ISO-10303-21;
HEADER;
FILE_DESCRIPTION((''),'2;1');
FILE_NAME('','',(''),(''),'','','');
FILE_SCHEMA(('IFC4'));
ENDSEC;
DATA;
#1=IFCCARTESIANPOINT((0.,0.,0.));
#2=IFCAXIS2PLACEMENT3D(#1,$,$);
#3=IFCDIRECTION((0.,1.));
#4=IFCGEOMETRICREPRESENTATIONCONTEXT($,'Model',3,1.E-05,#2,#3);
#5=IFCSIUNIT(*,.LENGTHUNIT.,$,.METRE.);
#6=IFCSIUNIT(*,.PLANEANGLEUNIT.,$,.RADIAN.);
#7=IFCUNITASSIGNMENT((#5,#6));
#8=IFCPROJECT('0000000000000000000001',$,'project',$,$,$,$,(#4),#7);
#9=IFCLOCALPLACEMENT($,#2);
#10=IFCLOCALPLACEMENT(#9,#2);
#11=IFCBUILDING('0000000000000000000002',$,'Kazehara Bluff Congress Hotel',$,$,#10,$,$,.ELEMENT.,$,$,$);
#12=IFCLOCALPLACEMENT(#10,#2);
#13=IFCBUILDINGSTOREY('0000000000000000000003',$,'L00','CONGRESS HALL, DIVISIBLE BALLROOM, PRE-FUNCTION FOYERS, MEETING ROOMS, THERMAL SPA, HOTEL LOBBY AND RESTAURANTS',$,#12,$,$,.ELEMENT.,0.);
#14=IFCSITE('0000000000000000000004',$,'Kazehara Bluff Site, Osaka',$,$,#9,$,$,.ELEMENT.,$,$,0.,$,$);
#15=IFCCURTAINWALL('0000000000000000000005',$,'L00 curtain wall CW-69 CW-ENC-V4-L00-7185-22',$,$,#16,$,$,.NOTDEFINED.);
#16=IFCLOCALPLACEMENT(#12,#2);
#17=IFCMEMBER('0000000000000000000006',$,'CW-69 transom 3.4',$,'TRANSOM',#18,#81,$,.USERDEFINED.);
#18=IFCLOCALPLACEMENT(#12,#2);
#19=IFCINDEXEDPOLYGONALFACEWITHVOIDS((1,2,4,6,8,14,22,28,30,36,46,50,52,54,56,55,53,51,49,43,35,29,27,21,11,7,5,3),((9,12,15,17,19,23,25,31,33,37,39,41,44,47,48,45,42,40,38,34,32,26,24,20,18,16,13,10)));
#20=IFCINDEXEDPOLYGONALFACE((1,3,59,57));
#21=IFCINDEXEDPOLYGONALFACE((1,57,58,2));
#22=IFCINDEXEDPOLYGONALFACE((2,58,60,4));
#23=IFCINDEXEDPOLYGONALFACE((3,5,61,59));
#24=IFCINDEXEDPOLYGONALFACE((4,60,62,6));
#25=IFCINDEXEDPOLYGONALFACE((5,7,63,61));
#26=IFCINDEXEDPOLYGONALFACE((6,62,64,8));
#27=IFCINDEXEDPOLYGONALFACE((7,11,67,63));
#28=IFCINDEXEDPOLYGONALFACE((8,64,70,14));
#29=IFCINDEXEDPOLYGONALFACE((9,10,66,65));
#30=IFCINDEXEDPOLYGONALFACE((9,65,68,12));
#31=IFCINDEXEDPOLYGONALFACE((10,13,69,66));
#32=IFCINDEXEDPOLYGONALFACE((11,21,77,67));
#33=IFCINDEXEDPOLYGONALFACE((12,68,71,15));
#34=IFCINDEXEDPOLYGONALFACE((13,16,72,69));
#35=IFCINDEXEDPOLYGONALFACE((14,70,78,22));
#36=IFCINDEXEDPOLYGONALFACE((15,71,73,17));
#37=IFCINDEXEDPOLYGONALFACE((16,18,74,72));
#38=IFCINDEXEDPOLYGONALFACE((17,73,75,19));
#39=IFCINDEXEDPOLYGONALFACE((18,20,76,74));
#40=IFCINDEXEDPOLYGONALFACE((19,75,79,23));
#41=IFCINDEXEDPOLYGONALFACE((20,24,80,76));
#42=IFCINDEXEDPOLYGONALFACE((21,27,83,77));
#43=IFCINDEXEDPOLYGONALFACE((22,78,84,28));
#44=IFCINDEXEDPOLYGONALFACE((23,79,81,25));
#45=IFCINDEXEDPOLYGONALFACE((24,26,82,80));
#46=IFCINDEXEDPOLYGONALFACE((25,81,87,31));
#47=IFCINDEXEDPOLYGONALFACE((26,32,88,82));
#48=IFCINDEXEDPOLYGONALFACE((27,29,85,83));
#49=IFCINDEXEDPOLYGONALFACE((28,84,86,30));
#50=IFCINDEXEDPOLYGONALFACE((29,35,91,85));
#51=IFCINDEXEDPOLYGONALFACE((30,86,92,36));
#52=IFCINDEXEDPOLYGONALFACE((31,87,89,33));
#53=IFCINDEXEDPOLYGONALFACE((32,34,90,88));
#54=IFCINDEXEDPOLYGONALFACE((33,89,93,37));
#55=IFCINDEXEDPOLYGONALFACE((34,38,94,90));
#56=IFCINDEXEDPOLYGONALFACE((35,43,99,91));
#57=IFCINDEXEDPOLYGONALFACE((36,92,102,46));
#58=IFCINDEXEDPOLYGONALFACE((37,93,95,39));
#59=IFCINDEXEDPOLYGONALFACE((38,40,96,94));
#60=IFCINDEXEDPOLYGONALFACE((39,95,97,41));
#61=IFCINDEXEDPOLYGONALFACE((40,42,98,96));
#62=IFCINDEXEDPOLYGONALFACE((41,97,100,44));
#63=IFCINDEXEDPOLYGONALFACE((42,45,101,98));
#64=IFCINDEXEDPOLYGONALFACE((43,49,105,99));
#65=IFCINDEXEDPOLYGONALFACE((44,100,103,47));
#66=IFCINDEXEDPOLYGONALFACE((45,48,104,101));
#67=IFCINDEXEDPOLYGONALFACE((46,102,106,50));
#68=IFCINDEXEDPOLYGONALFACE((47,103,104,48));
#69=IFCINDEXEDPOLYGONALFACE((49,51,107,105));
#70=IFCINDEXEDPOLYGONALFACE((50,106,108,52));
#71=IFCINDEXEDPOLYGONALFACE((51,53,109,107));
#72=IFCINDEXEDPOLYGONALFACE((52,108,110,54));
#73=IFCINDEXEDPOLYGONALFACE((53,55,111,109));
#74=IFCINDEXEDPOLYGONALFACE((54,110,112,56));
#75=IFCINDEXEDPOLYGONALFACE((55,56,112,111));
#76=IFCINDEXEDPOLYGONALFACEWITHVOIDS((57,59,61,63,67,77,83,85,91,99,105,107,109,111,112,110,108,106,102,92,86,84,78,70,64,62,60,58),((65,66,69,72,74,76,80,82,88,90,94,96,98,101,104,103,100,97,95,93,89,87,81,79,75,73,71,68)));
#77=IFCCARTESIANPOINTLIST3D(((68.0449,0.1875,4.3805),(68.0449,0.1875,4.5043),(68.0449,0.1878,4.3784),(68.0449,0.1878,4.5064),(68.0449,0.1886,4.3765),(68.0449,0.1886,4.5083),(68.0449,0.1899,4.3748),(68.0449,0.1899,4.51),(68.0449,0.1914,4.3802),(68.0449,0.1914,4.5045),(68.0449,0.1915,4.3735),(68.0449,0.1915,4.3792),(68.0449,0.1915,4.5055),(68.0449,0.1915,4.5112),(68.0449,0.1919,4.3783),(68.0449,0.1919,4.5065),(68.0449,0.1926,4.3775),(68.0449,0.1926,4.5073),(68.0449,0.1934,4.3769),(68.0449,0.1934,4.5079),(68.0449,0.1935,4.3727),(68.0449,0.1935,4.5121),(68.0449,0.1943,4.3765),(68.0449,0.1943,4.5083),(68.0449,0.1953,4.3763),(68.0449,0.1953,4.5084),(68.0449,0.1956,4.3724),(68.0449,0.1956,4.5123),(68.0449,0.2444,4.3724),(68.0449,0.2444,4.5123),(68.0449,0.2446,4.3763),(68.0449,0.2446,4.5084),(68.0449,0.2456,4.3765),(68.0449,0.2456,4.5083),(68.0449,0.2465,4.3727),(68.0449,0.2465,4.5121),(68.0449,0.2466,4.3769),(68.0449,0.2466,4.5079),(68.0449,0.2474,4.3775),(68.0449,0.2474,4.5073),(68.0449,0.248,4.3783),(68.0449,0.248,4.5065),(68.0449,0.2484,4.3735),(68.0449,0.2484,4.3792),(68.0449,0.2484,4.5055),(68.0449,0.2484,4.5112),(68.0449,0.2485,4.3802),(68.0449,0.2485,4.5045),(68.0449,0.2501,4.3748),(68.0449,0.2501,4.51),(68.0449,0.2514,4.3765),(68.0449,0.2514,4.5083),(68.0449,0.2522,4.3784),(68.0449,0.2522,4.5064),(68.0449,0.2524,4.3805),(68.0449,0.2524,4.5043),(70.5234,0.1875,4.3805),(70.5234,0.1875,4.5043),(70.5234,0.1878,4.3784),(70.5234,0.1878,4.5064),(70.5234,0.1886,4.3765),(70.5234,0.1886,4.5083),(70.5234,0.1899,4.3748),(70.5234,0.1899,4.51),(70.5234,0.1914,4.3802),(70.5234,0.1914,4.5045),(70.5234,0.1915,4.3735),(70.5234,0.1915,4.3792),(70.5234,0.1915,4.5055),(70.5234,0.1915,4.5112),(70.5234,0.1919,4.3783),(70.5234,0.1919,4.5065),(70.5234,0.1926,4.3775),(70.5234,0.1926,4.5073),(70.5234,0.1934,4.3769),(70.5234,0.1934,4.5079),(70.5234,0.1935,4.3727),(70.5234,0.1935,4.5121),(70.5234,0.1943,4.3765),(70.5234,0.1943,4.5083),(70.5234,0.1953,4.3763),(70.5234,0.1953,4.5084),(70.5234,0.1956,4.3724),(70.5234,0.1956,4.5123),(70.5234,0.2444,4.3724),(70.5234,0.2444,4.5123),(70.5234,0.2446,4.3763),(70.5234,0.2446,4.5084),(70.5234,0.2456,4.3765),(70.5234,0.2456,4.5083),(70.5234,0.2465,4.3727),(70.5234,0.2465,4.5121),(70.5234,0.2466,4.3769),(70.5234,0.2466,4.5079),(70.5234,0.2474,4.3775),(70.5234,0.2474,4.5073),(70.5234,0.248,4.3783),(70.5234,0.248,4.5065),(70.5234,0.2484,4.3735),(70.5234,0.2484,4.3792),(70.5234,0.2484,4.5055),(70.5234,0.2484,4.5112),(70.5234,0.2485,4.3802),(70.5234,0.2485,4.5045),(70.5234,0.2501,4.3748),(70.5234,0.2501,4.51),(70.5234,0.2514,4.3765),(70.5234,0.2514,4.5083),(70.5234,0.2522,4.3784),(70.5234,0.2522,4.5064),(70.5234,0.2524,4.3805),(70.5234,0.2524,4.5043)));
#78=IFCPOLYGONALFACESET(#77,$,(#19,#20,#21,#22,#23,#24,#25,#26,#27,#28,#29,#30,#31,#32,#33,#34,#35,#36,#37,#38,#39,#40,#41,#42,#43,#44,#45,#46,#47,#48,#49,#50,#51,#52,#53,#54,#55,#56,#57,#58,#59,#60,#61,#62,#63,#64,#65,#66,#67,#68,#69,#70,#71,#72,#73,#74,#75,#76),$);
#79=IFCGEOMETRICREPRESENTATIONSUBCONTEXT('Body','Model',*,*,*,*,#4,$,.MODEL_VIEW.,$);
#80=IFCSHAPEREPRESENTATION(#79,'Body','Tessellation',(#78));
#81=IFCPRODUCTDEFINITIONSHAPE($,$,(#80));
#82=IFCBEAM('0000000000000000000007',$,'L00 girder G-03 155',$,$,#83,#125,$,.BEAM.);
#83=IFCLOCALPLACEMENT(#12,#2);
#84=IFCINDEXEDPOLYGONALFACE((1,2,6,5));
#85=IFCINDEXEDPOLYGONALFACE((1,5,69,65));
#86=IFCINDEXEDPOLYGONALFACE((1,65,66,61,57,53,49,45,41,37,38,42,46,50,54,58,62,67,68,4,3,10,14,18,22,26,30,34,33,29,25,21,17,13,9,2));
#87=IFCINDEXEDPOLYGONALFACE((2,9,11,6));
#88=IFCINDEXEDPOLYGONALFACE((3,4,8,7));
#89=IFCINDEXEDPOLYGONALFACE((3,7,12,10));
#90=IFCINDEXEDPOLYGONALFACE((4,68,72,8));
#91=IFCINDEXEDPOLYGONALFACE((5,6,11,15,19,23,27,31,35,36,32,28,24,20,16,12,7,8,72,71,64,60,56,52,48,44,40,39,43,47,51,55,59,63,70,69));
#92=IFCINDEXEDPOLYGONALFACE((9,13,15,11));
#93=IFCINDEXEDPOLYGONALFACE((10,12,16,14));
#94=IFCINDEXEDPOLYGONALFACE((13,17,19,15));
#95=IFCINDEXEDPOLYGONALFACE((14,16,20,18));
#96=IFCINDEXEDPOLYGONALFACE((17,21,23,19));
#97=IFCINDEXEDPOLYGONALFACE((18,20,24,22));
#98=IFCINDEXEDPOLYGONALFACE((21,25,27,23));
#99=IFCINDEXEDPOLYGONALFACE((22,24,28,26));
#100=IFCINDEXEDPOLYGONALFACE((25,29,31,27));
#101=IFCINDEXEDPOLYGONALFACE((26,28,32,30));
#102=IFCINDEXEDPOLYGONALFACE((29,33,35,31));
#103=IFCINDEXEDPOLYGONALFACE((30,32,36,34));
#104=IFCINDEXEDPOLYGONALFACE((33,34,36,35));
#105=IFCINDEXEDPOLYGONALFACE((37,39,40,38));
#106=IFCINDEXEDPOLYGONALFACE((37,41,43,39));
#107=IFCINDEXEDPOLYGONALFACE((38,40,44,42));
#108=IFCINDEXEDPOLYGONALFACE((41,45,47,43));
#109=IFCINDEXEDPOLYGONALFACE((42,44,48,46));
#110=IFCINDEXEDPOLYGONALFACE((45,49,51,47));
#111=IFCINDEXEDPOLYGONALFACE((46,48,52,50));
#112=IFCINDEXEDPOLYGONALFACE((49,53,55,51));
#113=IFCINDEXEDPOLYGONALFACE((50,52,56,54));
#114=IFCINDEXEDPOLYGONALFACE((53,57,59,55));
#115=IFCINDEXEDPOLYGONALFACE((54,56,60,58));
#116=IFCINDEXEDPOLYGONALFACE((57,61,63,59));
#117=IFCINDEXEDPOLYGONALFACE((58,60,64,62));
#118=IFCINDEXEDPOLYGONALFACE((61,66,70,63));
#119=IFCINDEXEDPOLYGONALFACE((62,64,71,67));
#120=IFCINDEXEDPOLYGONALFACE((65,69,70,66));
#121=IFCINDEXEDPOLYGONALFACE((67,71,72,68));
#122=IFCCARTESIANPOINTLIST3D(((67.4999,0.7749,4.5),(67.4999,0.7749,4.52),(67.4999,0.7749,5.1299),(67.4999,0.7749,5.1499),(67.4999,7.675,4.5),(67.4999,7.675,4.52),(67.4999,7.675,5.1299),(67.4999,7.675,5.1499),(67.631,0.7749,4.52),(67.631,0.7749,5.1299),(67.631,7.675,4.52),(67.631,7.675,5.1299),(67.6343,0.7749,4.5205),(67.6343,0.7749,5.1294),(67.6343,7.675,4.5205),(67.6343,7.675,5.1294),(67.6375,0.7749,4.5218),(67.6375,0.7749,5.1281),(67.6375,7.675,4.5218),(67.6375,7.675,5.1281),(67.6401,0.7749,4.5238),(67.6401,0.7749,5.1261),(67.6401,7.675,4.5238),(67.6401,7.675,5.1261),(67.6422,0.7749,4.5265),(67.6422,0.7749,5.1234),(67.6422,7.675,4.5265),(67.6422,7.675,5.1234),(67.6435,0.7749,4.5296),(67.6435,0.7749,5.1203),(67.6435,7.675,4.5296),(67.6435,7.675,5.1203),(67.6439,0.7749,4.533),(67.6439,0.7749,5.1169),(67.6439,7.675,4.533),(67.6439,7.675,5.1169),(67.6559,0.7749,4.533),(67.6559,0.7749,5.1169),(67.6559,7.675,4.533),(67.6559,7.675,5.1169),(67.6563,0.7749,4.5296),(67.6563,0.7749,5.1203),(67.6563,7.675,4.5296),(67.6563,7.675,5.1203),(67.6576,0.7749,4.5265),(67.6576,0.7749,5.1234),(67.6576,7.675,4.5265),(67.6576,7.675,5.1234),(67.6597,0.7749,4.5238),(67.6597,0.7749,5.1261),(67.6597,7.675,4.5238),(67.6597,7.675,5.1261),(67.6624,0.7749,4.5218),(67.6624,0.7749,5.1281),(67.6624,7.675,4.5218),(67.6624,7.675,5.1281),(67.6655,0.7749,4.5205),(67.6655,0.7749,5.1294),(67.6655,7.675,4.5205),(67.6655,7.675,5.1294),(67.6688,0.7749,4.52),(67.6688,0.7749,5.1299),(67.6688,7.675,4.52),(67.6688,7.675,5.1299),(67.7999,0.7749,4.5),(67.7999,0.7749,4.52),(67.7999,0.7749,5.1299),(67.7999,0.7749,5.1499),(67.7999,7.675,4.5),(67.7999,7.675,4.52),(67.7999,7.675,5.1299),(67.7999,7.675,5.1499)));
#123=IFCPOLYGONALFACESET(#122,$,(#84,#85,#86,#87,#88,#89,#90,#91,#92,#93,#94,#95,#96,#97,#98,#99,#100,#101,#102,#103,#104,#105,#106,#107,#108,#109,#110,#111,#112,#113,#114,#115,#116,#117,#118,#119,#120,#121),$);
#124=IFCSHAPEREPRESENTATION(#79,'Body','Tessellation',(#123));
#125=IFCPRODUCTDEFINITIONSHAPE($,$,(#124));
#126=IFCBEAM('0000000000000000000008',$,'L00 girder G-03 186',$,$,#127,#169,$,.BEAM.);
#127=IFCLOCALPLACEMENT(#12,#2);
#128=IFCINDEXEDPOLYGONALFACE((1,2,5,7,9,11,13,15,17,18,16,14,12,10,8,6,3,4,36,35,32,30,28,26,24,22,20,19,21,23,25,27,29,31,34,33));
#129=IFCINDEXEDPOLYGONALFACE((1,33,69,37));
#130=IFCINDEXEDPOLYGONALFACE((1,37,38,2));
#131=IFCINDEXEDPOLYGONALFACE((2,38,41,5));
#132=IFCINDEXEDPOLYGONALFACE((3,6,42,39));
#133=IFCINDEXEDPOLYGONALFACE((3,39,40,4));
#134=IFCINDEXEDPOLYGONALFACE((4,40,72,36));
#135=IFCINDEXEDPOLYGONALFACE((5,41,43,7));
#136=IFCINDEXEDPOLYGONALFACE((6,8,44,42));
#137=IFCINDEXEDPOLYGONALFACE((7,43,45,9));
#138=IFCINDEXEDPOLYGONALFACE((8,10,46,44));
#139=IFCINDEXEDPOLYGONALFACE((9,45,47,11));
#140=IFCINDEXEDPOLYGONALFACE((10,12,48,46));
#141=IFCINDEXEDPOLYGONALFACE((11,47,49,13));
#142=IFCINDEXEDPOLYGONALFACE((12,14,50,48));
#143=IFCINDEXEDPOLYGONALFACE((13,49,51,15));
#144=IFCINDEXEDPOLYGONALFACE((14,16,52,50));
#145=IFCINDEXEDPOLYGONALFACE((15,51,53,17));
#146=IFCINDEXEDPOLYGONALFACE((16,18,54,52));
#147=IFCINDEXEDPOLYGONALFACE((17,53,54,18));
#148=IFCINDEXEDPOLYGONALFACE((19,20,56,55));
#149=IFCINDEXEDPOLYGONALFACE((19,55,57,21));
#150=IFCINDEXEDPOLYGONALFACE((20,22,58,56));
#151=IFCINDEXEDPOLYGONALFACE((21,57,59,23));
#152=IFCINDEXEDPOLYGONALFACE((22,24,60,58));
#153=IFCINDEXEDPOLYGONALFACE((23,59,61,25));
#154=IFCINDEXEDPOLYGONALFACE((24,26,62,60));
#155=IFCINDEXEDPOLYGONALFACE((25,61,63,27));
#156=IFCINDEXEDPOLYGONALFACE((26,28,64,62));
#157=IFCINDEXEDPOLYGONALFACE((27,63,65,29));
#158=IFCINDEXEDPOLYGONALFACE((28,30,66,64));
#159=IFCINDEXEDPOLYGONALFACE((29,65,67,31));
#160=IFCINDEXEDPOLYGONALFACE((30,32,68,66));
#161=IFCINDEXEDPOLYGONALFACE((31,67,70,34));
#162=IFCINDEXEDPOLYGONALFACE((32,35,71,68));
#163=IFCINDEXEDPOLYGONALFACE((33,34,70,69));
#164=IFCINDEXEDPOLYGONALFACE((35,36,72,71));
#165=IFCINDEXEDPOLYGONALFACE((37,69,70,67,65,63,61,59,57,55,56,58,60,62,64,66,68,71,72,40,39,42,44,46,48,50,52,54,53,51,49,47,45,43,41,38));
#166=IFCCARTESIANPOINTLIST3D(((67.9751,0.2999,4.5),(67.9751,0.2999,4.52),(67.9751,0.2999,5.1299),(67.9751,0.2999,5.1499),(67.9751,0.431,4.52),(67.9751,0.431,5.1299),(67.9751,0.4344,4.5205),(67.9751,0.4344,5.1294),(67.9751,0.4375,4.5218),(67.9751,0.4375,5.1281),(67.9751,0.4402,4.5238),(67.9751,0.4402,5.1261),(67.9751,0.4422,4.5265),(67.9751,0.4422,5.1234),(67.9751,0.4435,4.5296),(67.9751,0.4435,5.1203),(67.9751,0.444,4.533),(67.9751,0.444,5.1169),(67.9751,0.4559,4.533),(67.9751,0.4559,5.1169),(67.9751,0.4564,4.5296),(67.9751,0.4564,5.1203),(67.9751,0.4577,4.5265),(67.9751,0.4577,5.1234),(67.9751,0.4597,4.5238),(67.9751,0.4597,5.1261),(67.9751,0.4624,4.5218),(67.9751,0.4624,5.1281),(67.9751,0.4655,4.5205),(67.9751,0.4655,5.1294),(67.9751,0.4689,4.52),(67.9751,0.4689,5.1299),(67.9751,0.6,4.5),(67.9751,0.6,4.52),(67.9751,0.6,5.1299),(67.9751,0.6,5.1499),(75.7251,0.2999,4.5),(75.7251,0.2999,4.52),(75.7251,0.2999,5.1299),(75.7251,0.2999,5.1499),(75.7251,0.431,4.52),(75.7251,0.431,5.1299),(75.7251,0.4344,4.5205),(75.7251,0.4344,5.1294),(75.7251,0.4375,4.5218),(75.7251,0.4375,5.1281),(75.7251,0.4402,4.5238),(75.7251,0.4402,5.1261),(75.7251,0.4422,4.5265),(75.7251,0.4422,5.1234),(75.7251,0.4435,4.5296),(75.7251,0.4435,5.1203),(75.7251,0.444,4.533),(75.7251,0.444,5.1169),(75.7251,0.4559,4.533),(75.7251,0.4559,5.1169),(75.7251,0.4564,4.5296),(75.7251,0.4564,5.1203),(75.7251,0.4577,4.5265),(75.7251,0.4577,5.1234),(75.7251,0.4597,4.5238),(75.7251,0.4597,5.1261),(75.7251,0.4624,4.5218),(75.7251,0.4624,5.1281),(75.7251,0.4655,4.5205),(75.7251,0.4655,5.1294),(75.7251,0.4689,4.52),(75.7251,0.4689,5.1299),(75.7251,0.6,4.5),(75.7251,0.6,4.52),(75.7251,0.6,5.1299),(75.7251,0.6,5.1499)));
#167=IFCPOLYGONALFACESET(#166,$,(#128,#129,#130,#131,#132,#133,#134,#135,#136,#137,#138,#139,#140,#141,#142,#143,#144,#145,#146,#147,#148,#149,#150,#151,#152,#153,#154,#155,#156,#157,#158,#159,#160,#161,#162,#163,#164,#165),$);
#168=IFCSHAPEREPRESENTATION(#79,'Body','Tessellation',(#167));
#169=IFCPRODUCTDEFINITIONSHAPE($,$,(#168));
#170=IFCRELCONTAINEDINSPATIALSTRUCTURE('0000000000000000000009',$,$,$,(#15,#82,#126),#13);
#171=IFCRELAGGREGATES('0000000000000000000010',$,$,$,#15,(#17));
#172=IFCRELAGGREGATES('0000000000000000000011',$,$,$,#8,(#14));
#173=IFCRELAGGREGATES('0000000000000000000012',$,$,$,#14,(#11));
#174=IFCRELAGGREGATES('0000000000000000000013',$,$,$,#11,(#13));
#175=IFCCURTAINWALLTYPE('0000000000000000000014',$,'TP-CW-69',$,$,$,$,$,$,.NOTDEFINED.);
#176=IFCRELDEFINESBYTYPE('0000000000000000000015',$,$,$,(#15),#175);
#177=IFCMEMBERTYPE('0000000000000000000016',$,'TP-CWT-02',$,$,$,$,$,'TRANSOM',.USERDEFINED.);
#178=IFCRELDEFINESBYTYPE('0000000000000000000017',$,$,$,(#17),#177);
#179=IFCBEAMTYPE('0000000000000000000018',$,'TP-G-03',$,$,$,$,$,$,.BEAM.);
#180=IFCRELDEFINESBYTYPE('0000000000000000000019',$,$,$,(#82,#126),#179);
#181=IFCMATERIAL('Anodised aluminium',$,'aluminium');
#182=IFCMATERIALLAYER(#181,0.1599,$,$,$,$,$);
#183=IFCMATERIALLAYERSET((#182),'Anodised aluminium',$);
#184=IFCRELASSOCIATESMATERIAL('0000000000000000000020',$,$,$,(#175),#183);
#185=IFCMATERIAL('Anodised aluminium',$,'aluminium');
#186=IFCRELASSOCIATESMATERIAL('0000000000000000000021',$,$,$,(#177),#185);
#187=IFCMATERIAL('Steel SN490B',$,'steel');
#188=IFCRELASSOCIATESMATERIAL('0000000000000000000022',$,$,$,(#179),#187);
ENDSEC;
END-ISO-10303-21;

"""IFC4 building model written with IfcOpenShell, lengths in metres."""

from ifc_helpers import new_model, si_unit, direction, frame, origin, origin_2d, place, context, subcontext, project, spatial, hollow_rectangle, i_section, extrude, material, layer, layer_set, material_profile, profile_set, type_object, element, aggregate, save


model = new_model("IFC4")

# Units and contexts
model_context = context("Model", 3, precision=1e-05, world=origin(), true_north=direction((0.0, 1.0)))
body_context = subcontext(model_context, "Body", "Model", "MODEL_VIEW")
ifc_project = project(units=[si_unit("LENGTHUNIT", "METRE"), si_unit("PLANEANGLEUNIT", "RADIAN")], contexts=[model_context])

# Site, building, storey
site_placement = place(None, origin())
site = spatial("IfcSite", under=ifc_project, at=site_placement, Name="Kazehara Bluff Site, Osaka", CompositionType="ELEMENT", RefElevation=0.0)
building_placement = place(site_placement, origin())
building = spatial("IfcBuilding", under=site, at=building_placement, Name="Kazehara Bluff Congress Hotel", CompositionType="ELEMENT")
storey_placement = place(building_placement, origin())
storey = spatial("IfcBuildingStorey", under=building, at=storey_placement, Name="L00", Description="CONGRESS HALL, DIVISIBLE BALLROOM, PRE-FUNCTION FOYERS, MEETING ROOMS, THERMAL SPA, HOTEL LOBBY AND RESTAURANTS", CompositionType="ELEMENT", Elevation=0.0)

# Curtain wall, member
ifc_material_1 = material(Name="Anodised aluminium", Category="aluminium")
ifc_layer_1 = layer(ifc_material_1, 0.1599)
ifc_layer_set_1 = layer_set([ifc_layer_1], Name="Anodised aluminium")
curtain_wall_type = type_object("IfcCurtainWallType", Name="TP-CW-69", PredefinedType="NOTDEFINED", material=ifc_layer_set_1)
curtain_wall_placement = place(storey_placement, origin())
curtain_wall = element("IfcCurtainWall", 1, at=curtain_wall_placement, inside=storey, type_object=curtain_wall_type, Name="L00 curtain wall CW-69 CW-ENC-V4-L00-7185-22", PredefinedType="NOTDEFINED")
ifc_material_2 = material(Name="Anodised aluminium", Category="aluminium")
ifc_material_profile_1 = material_profile(ifc_material_2, hollow_rectangle(XDim=0.0649, YDim=0.1399, WallThickness=0.0039, InnerFilletRadius=0.0039, OuterFilletRadius=0.0081, at=origin_2d()))
ifc_profile_set_1 = profile_set([ifc_material_profile_1], Name="Anodised aluminium")
member_type_1 = type_object("IfcMemberType", Name="TP-CWT-02", ElementType="TRANSOM", PredefinedType="USERDEFINED", material=ifc_profile_set_1)
member_1_placement = place(storey_placement, frame((70.5234, 0.22, 4.4424), z_axis=(-1.0, 0.0, 0.0), x_axis=(0.0, -1.0, 0.0)))
member_1 = element("IfcMember", 2, at=member_1_placement, type_object=member_type_1, Name="CW-69 transom 3.4", ObjectType="TRANSOM", PredefinedType="USERDEFINED", context=body_context, shape_type="SweptSolid", body=[
    extrude(hollow_rectangle(XDim=0.0649, YDim=0.1399, WallThickness=0.0039, InnerFilletRadius=0.0039, OuterFilletRadius=0.0081, at=origin_2d()), origin(), (0.0, 0.0, 1.0), 2.4785),
])

# Beams
ifc_material_3 = material(Name="Steel SN490B", Category="steel")
ifc_material_profile_2 = material_profile(ifc_material_3, i_section(OverallWidth=0.3, OverallDepth=0.6499, WebThickness=0.012, FlangeThickness=0.02, FilletRadius=0.0129, at=origin_2d()))
ifc_profile_set_2 = profile_set([ifc_material_profile_2], Name="Steel SN490B")
beam_type_1 = type_object("IfcBeamType", Name="TP-G-03", PredefinedType="BEAM", material=ifc_profile_set_2)
beam_1_placement = place(storey_placement, frame((67.6499, 0.7749, 4.825), z_axis=(0.0, 1.0, 0.0), x_axis=(-1.0, 0.0, 0.0)))
element("IfcBeam", 3, at=beam_1_placement, inside=storey, type_object=beam_type_1, Name="L00 girder G-03 155", PredefinedType="BEAM", context=body_context, shape_type="SweptSolid", body=[
    extrude(i_section(OverallWidth=0.3, OverallDepth=0.6499, WebThickness=0.012, FlangeThickness=0.02, FilletRadius=0.0129, at=origin_2d()), origin(), (0.0, 0.0, 1.0), 6.9001),
])
beam_2_placement = place(storey_placement, frame((67.9751, 0.45, 4.825), z_axis=(1.0, 0.0, 0.0), x_axis=(0.0, 1.0, 0.0)))
element("IfcBeam", 4, at=beam_2_placement, inside=storey, type_object=beam_type_1, Name="L00 girder G-03 186", PredefinedType="BEAM", context=body_context, shape_type="SweptSolid", body=[
    extrude(i_section(OverallWidth=0.3, OverallDepth=0.6499, WebThickness=0.012, FlangeThickness=0.02, FilletRadius=0.0129, at=origin_2d()), origin(), (0.0, 0.0, 1.0), 7.75),
])

aggregate(curtain_wall, [member_1])

save(model, "model.ifc")
